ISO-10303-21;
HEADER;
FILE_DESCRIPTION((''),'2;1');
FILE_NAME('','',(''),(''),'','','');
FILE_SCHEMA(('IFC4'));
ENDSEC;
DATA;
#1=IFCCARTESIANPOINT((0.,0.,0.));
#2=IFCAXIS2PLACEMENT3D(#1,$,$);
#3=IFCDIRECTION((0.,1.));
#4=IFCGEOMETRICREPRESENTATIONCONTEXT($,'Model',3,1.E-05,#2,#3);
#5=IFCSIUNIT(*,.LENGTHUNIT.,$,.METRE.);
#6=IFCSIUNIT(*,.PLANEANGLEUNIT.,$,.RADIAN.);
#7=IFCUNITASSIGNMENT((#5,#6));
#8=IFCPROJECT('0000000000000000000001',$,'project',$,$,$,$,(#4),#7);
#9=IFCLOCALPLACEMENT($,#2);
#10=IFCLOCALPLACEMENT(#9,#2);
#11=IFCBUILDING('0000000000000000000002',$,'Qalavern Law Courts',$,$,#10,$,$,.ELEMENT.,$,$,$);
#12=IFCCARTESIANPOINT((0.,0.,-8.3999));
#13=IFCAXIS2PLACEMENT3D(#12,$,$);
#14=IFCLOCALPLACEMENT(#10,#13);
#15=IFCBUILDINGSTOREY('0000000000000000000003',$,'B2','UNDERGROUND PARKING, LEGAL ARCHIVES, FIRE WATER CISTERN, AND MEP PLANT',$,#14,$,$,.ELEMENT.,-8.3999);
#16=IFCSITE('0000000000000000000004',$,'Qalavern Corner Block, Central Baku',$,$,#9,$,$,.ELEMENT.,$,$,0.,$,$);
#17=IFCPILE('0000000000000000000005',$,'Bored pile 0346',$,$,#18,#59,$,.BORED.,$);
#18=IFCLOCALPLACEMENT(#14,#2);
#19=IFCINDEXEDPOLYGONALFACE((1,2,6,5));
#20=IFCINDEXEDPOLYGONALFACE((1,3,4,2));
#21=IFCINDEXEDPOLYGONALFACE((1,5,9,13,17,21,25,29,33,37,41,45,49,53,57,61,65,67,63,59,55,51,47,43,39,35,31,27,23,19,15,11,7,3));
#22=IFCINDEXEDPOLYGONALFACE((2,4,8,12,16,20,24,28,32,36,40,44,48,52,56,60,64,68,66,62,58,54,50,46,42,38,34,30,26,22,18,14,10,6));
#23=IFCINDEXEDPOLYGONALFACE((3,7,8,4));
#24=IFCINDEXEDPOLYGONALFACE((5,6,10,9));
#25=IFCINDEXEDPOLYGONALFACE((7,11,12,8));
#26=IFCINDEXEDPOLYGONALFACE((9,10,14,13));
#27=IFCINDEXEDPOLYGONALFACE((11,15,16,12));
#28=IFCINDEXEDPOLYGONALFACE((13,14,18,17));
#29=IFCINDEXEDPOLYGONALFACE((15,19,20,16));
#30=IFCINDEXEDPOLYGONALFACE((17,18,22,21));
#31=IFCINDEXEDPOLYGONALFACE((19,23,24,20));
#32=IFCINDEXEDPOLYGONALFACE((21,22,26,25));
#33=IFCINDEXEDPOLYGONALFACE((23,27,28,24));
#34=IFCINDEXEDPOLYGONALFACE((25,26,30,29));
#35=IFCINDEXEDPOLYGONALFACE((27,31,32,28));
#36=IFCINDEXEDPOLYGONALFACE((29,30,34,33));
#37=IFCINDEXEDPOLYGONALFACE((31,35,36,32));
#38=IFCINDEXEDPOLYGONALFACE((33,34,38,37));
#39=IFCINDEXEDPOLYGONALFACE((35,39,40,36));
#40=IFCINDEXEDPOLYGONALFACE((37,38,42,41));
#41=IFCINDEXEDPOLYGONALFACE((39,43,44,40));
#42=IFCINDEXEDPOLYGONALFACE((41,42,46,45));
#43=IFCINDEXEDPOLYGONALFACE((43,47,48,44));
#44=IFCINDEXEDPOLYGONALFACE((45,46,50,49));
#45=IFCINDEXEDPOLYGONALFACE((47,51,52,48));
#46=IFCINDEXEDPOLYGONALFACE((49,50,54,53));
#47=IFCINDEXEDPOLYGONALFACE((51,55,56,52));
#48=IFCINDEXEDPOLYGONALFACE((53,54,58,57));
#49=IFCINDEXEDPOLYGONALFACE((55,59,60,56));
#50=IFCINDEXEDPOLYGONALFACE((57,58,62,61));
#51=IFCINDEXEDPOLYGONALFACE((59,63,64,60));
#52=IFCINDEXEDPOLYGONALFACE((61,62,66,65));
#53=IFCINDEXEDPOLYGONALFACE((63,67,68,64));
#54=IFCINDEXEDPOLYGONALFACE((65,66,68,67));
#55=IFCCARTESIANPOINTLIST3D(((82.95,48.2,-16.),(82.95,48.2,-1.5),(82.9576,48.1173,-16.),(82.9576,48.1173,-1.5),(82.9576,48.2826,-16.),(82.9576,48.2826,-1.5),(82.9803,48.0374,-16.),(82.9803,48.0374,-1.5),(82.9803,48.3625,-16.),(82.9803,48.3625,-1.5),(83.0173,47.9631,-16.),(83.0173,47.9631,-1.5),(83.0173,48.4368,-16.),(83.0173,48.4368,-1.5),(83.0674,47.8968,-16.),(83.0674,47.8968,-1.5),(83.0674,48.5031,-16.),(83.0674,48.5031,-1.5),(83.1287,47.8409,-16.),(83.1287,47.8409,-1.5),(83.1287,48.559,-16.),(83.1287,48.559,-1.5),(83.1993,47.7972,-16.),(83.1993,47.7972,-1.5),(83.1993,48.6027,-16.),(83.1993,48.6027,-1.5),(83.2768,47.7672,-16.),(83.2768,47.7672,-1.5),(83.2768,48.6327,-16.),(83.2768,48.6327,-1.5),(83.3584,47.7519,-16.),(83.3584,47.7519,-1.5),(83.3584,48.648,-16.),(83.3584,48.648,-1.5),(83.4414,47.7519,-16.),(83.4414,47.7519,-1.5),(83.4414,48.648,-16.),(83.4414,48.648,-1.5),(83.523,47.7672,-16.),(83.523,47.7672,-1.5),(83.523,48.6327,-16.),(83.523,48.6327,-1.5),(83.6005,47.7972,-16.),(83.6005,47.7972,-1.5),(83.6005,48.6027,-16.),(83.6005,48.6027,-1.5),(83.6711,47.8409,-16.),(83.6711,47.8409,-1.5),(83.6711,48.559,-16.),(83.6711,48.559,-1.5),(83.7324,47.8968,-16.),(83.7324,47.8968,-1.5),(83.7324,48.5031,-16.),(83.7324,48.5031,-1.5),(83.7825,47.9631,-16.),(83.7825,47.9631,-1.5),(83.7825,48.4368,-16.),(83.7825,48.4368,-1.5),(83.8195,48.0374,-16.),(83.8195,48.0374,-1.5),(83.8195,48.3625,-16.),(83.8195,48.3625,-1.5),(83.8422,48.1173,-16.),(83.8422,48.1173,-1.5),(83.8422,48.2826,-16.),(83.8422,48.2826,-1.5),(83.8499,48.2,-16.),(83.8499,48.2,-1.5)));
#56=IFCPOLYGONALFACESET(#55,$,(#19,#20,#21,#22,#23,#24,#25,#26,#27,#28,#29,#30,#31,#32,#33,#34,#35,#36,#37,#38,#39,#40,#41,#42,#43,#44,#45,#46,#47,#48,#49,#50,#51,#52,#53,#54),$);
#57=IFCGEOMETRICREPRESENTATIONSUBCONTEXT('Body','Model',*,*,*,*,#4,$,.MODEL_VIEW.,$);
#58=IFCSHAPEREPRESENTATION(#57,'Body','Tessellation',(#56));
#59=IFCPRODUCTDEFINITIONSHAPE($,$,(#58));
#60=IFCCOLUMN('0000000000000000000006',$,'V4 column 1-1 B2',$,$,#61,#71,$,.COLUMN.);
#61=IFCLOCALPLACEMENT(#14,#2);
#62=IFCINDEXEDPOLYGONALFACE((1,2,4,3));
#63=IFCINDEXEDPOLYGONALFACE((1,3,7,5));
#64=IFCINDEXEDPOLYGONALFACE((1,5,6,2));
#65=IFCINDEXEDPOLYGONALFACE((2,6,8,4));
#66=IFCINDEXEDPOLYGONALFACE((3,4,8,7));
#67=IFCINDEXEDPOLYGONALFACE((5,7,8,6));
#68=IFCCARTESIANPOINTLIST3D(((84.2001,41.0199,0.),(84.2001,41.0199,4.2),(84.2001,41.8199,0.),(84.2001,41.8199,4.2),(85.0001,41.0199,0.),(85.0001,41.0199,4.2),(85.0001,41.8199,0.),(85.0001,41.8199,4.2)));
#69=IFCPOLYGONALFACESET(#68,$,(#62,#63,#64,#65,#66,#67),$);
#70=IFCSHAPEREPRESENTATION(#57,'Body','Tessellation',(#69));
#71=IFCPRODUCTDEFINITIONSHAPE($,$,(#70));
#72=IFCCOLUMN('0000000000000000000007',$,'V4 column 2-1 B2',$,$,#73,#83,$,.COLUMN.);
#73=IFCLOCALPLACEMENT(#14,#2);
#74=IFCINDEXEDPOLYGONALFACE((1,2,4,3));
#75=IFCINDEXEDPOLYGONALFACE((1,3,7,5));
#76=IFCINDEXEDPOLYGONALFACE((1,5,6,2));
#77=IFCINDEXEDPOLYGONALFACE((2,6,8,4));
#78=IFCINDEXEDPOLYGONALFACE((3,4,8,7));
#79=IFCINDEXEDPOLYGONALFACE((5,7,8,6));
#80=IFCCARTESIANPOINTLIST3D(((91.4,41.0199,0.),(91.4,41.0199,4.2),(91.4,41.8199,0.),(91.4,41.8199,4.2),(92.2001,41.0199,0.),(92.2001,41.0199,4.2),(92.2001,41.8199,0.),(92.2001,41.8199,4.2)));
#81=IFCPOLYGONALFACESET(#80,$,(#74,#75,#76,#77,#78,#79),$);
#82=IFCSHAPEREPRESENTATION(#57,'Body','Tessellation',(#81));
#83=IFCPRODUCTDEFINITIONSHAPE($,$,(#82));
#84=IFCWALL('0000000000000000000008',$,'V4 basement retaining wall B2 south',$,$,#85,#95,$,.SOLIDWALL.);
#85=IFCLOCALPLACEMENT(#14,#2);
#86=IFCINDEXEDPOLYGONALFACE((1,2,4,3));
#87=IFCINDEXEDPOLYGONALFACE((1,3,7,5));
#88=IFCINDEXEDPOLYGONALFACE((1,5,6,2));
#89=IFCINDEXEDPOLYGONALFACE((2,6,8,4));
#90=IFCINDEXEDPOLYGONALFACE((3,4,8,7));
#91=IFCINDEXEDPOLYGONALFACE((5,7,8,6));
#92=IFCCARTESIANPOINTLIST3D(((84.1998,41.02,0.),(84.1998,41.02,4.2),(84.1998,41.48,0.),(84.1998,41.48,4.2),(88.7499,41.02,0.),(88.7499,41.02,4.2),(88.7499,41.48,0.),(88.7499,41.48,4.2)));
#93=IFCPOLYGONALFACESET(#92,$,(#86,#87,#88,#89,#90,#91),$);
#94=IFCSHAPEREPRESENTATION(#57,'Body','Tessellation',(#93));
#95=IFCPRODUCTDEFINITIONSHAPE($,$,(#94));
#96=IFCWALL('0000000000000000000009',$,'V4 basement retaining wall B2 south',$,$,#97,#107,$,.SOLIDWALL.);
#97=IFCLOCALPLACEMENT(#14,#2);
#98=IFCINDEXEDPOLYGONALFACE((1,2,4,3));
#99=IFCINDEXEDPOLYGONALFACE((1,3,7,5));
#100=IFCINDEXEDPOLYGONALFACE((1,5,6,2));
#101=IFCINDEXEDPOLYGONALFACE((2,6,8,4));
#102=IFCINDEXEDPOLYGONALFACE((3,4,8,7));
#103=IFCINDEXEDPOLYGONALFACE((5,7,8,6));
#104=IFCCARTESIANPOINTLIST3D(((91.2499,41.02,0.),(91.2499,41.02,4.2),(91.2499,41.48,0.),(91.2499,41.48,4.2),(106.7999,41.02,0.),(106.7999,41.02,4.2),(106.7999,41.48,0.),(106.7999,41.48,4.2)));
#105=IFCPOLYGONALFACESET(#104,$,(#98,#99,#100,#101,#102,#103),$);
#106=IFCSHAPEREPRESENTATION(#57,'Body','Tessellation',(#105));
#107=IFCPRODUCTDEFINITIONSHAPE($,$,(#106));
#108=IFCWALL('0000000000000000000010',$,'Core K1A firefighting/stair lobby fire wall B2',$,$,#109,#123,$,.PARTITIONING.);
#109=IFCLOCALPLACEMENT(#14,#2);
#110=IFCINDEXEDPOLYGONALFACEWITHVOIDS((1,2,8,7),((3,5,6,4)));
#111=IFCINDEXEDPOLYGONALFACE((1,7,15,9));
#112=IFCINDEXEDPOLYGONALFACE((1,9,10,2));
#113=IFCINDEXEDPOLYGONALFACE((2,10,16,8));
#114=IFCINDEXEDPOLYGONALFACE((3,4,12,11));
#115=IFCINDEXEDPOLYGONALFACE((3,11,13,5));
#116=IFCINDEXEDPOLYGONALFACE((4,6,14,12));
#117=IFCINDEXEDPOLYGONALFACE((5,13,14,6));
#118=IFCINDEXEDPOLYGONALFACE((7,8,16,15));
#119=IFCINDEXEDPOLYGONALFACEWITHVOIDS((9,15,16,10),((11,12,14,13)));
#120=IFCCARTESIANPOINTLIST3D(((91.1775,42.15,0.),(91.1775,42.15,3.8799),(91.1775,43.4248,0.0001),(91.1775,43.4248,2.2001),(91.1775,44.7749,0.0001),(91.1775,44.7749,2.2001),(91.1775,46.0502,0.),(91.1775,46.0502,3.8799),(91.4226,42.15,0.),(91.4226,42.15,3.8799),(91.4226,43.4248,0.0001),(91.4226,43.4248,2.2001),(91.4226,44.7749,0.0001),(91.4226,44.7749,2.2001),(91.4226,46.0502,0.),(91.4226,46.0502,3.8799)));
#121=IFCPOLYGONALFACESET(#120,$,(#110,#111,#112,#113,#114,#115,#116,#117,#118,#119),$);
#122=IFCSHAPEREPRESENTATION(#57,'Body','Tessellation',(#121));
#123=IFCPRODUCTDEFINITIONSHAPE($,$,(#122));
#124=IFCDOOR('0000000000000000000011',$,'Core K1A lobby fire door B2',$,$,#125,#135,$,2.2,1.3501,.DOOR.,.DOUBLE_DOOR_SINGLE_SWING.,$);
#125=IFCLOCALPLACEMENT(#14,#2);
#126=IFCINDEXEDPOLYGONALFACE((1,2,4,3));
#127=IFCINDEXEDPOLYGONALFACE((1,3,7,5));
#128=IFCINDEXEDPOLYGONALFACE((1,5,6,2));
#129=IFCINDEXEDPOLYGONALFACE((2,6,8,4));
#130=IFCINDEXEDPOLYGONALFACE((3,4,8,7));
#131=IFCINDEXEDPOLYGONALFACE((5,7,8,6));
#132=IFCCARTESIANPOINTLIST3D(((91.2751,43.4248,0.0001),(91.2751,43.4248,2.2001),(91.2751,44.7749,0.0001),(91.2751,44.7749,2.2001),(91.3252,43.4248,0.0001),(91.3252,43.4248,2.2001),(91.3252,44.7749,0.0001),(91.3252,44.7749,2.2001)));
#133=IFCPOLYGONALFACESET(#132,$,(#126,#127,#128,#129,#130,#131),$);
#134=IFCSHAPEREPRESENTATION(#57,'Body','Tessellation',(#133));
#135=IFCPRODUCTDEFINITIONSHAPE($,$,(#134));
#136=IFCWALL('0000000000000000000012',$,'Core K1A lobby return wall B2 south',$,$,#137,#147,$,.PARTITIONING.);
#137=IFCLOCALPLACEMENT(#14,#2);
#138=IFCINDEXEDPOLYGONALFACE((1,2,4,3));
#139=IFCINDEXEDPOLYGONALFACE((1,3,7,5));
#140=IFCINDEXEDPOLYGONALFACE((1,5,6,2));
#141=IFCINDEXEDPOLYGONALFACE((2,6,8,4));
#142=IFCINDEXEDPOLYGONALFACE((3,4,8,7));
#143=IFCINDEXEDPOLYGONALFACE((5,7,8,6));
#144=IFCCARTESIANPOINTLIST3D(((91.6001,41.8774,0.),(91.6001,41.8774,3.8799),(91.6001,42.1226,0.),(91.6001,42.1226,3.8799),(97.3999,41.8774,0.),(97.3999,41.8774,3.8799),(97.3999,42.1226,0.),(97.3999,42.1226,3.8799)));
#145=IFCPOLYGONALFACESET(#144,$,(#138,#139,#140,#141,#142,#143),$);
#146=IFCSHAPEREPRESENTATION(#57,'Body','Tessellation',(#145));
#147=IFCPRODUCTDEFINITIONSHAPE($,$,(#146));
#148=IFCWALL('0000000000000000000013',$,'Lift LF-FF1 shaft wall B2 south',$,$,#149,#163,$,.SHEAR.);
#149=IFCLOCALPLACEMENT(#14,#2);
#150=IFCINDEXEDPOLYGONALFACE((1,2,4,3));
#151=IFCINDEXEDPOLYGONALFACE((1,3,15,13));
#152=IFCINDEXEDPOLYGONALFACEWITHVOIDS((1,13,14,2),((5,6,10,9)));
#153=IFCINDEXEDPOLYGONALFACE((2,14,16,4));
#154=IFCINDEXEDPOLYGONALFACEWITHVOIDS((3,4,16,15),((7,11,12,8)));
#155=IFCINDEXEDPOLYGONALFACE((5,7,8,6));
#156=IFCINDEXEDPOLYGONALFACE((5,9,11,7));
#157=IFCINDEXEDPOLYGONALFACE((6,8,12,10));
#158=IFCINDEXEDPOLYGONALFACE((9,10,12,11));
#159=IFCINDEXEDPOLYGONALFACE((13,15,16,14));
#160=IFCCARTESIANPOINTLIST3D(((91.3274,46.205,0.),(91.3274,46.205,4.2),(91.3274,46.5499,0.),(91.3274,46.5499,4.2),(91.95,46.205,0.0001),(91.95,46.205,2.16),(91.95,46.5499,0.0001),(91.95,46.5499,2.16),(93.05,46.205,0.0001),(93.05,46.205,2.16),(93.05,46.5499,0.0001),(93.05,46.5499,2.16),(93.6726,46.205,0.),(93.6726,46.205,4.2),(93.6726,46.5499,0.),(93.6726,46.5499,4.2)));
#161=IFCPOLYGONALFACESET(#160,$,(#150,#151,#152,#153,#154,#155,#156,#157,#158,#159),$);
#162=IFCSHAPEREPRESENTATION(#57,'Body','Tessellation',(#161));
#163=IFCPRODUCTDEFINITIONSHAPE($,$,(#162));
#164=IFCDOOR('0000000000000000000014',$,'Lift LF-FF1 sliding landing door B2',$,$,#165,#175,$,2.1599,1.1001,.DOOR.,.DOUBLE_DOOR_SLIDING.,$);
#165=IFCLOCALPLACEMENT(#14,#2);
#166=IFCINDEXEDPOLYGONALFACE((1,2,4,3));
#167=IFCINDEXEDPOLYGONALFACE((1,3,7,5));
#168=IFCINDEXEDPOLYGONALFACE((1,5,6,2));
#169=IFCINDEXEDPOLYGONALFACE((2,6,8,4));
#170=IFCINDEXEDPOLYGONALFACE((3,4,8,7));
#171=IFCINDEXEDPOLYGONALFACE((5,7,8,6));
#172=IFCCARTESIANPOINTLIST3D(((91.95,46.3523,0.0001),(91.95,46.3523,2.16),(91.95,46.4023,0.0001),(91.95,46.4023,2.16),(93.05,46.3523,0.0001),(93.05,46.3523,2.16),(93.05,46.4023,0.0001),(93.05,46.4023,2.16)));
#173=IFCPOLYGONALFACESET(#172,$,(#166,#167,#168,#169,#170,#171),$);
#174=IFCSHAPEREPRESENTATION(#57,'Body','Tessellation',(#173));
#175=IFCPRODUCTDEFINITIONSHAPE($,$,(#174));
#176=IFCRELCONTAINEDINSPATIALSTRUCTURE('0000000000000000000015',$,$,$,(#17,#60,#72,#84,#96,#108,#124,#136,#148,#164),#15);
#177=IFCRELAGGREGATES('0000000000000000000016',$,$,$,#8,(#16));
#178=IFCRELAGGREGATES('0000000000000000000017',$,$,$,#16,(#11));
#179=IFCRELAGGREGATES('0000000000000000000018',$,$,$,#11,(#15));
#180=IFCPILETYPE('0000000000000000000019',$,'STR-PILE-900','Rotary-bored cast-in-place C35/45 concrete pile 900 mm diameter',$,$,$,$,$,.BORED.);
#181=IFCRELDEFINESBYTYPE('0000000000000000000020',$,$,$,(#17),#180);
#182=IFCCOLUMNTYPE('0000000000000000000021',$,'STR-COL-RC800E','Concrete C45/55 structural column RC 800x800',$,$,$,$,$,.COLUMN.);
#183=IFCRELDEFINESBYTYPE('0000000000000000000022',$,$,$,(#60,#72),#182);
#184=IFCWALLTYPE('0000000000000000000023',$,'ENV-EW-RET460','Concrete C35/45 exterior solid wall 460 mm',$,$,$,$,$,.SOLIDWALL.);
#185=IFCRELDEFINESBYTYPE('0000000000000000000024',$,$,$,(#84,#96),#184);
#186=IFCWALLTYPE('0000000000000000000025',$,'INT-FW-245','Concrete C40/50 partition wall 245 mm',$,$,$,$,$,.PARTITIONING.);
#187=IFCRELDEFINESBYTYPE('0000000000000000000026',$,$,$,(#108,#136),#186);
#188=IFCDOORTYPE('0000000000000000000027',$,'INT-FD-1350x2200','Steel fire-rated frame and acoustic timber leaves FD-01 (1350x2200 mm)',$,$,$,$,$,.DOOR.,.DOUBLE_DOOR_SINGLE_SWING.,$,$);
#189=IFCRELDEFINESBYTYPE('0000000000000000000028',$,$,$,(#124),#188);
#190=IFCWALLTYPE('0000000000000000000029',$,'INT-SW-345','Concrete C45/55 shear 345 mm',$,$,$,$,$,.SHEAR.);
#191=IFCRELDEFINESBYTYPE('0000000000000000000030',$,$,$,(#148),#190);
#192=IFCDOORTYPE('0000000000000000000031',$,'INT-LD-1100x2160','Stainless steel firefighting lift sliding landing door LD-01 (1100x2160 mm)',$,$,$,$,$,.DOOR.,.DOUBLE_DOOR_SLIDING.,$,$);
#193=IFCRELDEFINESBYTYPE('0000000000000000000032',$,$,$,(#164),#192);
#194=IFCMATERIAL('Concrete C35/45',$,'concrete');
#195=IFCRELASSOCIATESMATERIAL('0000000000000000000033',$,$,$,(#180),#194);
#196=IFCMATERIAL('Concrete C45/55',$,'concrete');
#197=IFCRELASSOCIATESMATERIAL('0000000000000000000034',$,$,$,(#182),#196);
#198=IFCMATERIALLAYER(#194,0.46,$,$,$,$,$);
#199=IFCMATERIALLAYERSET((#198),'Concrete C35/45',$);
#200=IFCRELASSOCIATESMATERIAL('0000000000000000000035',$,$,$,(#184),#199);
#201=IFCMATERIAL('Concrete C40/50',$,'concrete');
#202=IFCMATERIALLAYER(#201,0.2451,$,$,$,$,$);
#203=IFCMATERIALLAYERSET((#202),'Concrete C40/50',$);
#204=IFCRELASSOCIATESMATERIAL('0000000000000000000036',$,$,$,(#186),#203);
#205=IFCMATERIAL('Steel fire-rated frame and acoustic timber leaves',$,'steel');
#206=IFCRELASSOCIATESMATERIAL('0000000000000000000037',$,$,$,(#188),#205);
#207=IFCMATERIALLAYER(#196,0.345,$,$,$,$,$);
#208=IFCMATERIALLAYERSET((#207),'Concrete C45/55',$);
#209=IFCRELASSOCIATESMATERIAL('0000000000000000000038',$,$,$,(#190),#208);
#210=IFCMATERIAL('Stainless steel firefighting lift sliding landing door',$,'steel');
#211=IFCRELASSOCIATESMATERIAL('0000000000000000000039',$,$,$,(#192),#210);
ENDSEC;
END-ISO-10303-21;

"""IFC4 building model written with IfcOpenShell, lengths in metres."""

from ifc_helpers import new_model, si_unit, direction, frame, frame_2d, origin, origin_2d, place, context, subcontext, project, spatial, rectangle, circle, extrude, material, layer, layer_set, material_profile, profile_set, type_object, element, fill, save


model = new_model("IFC4")

# Units and contexts
model_context = context("Model", 3, precision=1e-05, world=origin(), true_north=direction((0.0, 1.0)))
body_context = subcontext(model_context, "Body", "Model", "MODEL_VIEW")
ifc_project = project(units=[si_unit("LENGTHUNIT", "METRE"), si_unit("PLANEANGLEUNIT", "RADIAN")], contexts=[model_context])

# Site, building, storey
site_placement = place(None, origin())
site = spatial("IfcSite", under=ifc_project, at=site_placement, Name="Qalavern Corner Block, Central Baku", CompositionType="ELEMENT", RefElevation=0.0)
building_placement = place(site_placement, origin())
building = spatial("IfcBuilding", under=site, at=building_placement, Name="Qalavern Law Courts", CompositionType="ELEMENT")
storey_placement = place(building_placement, frame((0.0, 0.0, -8.3999)))
storey = spatial("IfcBuildingStorey", under=building, at=storey_placement, Name="B2", Description="UNDERGROUND PARKING, LEGAL ARCHIVES, FIRE WATER CISTERN, AND MEP PLANT", CompositionType="ELEMENT", Elevation=-8.3999)

# Shared definitions
ifc_material_1 = material(Name="Concrete C35/45", Category="concrete")

# Pile
ifc_material_profile_1 = material_profile(ifc_material_1, circle(Radius=0.45, at=origin_2d()), Name="BORED PILE 900")
ifc_profile_set_1 = profile_set([ifc_material_profile_1], Name="Concrete C35/45")
pile_type_1 = type_object("IfcPileType", Name="STR-PILE-900", Description="Rotary-bored cast-in-place C35/45 concrete pile 900 mm diameter", PredefinedType="BORED", material=ifc_profile_set_1)
pile_placement = place(storey_placement, frame((83.3999, 48.2, -1.5), z_axis=(0.0, 0.0, -1.0), x_axis=(1.0, 0.0, 0.0)))
element("IfcPile", 1, at=pile_placement, inside=storey, type_object=pile_type_1, Name="Bored pile 0346", PredefinedType="BORED", context=body_context, shape_type="SweptSolid", body=[
    extrude(circle(Radius=0.45, at=origin_2d()), origin(), (0.0, 0.0, 1.0), 14.5),
])

# Columns
ifc_material_2 = material(Name="Concrete C45/55", Category="concrete")
ifc_material_profile_2 = material_profile(ifc_material_2, rectangle(XDim=0.8, YDim=0.8, at=origin_2d()), Name="RC 800x800")
ifc_profile_set_2 = profile_set([ifc_material_profile_2], Name="Concrete C45/55")
column_type = type_object("IfcColumnType", Name="STR-COL-RC800E", Description="Concrete C45/55 structural column RC 800x800", PredefinedType="COLUMN", material=ifc_profile_set_2)
for number, where, z_axis, x_axis, name in (
    (2, (84.6001, 41.4199, 0.0), (0.0, 0.0, 1.0), (1.0, 0.0, 0.0), "V4 column 1-1 B2"),
    (3, (91.8, 41.4199, 0.0), (0.0, 0.0, 1.0), (1.0, 0.0, 0.0), "V4 column 2-1 B2"),
):
    element("IfcColumn", number, at=place(storey_placement, frame(where, z_axis=z_axis, x_axis=x_axis)), inside=storey, type_object=column_type, Name=name, PredefinedType="COLUMN", context=body_context, shape_type="SweptSolid", body=[
        extrude(rectangle(XDim=0.8, YDim=0.8, at=origin_2d()), origin(), (0.0, 0.0, 1.0), 4.2),
    ])

# Walls
ifc_layer_1 = layer(ifc_material_1, 0.46)
ifc_layer_set_1 = layer_set([ifc_layer_1], Name="Concrete C35/45")
wall_type_1 = type_object("IfcWallType", Name="ENV-EW-RET460", Description="Concrete C35/45 exterior solid wall 460 mm", PredefinedType="SOLIDWALL", material=ifc_layer_set_1)
wall_1_placement = place(storey_placement, frame((84.2, 41.25, 0.0), z_axis=(0.0, 0.0, 1.0), x_axis=(1.0, 0.0, 0.0)))
element("IfcWall", 4, at=wall_1_placement, inside=storey, type_object=wall_type_1, Name="V4 basement retaining wall B2 south", PredefinedType="SOLIDWALL", context=body_context, shape_type="SweptSolid", body=[
    extrude(rectangle(XDim=4.55, YDim=0.46, at=frame_2d((2.2749, 0.0))), origin(), (0.0, 0.0, 1.0), 4.2),
])
wall_2_placement = place(storey_placement, frame((91.25, 41.25, 0.0), z_axis=(0.0, 0.0, 1.0), x_axis=(1.0, 0.0, 0.0)))
element("IfcWall", 5, at=wall_2_placement, inside=storey, type_object=wall_type_1, Name="V4 basement retaining wall B2 south", PredefinedType="SOLIDWALL", context=body_context, shape_type="SweptSolid", body=[
    extrude(rectangle(XDim=15.55, YDim=0.46, at=frame_2d((7.7749, 0.0))), origin(), (0.0, 0.0, 1.0), 4.2),
])

# Wall, opening, door
ifc_material_3 = material(Name="Concrete C40/50", Category="concrete")
ifc_layer_2 = layer(ifc_material_3, 0.2451)
ifc_layer_set_2 = layer_set([ifc_layer_2], Name="Concrete C40/50")
wall_type_2 = type_object("IfcWallType", Name="INT-FW-245", Description="Concrete C40/50 partition wall 245 mm", PredefinedType="PARTITIONING", material=ifc_layer_set_2)
wall_3_placement = place(storey_placement, frame((91.3, 42.1499, 0.0), z_axis=(0.0, 0.0, 1.0), x_axis=(0.0, 1.0, 0.0)))
wall_3 = element("IfcWall", 6, at=wall_3_placement, inside=storey, type_object=wall_type_2, Name="Core K1A firefighting/stair lobby fire wall B2", PredefinedType="PARTITIONING", context=body_context, shape_type="SweptSolid", body=[
    extrude(rectangle(XDim=3.9001, YDim=0.2451, at=frame_2d((1.9502, 0.0))), origin(), (0.0, 0.0, 1.0), 3.8799),
])
opening_1_placement = place(wall_3_placement, frame((1.2749, 0.0, 0.0)))
opening_1 = element("IfcOpeningElement", 7, at=opening_1_placement, cuts=wall_3, PredefinedType="OPENING", context=body_context, shape_type="SweptSolid", body=[
    extrude(rectangle(XDim=1.3501, YDim=2.2, at=frame_2d((0.675, 1.1001))), frame((0.0, 0.1375, 0.0), z_axis=(0.0, -1.0, 0.0), x_axis=(1.0, 0.0, 0.0)), (0.0, 0.0, 1.0), 0.2749),
])
ifc_material_4 = material(Name="Steel fire-rated frame and acoustic timber leaves", Category="steel")
door_type_1 = type_object("IfcDoorType", Name="INT-FD-1350x2200", Description="Steel fire-rated frame and acoustic timber leaves FD-01 (1350x2200 mm)", OperationType="DOUBLE_DOOR_SINGLE_SWING", PredefinedType="DOOR", material=ifc_material_4)
door_1_placement = place(opening_1_placement, origin())
door_1 = element("IfcDoor", 8, at=door_1_placement, inside=storey, type_object=door_type_1, Name="Core K1A lobby fire door B2", OperationType="DOUBLE_DOOR_SINGLE_SWING", OverallHeight=2.2, OverallWidth=1.3501, PredefinedType="DOOR", context=body_context, shape_type="SweptSolid", body=[
    extrude(rectangle(XDim=1.3501, YDim=2.2, at=frame_2d((0.675, 1.1001))), frame((0.0, 0.0249, 0.0), z_axis=(0.0, -1.0, 0.0), x_axis=(1.0, 0.0, 0.0)), (0.0, 0.0, 1.0), 0.05),
])
fill(opening_1, door_1)

# Wall
wall_4_placement = place(storey_placement, frame((91.6001, 42.0, 0.0), z_axis=(0.0, 0.0, 1.0), x_axis=(1.0, 0.0, 0.0)))
element("IfcWall", 9, at=wall_4_placement, inside=storey, type_object=wall_type_2, Name="Core K1A lobby return wall B2 south", PredefinedType="PARTITIONING", context=body_context, shape_type="SweptSolid", body=[
    extrude(rectangle(XDim=5.7998, YDim=0.2451, at=frame_2d((2.8999, 0.0))), origin(), (0.0, 0.0, 1.0), 3.8799),
])

# Wall, opening, door
ifc_layer_3 = layer(ifc_material_2, 0.345)
ifc_layer_set_3 = layer_set([ifc_layer_3], Name="Concrete C45/55")
wall_type_3 = type_object("IfcWallType", Name="INT-SW-345", Description="Concrete C45/55 shear 345 mm", PredefinedType="SHEAR", material=ifc_layer_set_3)
wall_5_placement = place(storey_placement, frame((91.3274, 46.3774, 0.0), z_axis=(0.0, 0.0, 1.0), x_axis=(1.0, 0.0, 0.0)))
wall_5 = element("IfcWall", 10, at=wall_5_placement, inside=storey, type_object=wall_type_3, Name="Lift LF-FF1 shaft wall B2 south", PredefinedType="SHEAR", context=body_context, shape_type="SweptSolid", body=[
    extrude(rectangle(XDim=2.3452, YDim=0.345, at=frame_2d((1.1726, 0.0))), origin(), (0.0, 0.0, 1.0), 4.2),
])
opening_2_placement = place(wall_5_placement, frame((0.6226, 0.0, 0.0)))
opening_2 = element("IfcOpeningElement", 11, at=opening_2_placement, cuts=wall_5, PredefinedType="OPENING", context=body_context, shape_type="SweptSolid", body=[
    extrude(rectangle(XDim=1.1001, YDim=2.1599, at=frame_2d((0.55, 1.0801))), frame((0.0, 0.1875, 0.0), z_axis=(0.0, -1.0, 0.0), x_axis=(1.0, 0.0, 0.0)), (0.0, 0.0, 1.0), 0.3748),
])
ifc_material_5 = material(Name="Stainless steel firefighting lift sliding landing door", Category="steel")
door_type_2 = type_object("IfcDoorType", Name="INT-LD-1100x2160", Description="Stainless steel firefighting lift sliding landing door LD-01 (1100x2160 mm)", OperationType="DOUBLE_DOOR_SLIDING", PredefinedType="DOOR", material=ifc_material_5)
door_2_placement = place(opening_2_placement, origin())
door_2 = element("IfcDoor", 12, at=door_2_placement, inside=storey, type_object=door_type_2, Name="Lift LF-FF1 sliding landing door B2", OperationType="DOUBLE_DOOR_SLIDING", OverallHeight=2.1599, OverallWidth=1.1001, PredefinedType="DOOR", context=body_context, shape_type="SweptSolid", body=[
    extrude(rectangle(XDim=1.1001, YDim=2.1599, at=frame_2d((0.55, 1.0801))), frame((0.0, 0.0249, 0.0), z_axis=(0.0, -1.0, 0.0), x_axis=(1.0, 0.0, 0.0)), (0.0, 0.0, 1.0), 0.05),
])
fill(opening_2, door_2)

save(model, "model.ifc")
